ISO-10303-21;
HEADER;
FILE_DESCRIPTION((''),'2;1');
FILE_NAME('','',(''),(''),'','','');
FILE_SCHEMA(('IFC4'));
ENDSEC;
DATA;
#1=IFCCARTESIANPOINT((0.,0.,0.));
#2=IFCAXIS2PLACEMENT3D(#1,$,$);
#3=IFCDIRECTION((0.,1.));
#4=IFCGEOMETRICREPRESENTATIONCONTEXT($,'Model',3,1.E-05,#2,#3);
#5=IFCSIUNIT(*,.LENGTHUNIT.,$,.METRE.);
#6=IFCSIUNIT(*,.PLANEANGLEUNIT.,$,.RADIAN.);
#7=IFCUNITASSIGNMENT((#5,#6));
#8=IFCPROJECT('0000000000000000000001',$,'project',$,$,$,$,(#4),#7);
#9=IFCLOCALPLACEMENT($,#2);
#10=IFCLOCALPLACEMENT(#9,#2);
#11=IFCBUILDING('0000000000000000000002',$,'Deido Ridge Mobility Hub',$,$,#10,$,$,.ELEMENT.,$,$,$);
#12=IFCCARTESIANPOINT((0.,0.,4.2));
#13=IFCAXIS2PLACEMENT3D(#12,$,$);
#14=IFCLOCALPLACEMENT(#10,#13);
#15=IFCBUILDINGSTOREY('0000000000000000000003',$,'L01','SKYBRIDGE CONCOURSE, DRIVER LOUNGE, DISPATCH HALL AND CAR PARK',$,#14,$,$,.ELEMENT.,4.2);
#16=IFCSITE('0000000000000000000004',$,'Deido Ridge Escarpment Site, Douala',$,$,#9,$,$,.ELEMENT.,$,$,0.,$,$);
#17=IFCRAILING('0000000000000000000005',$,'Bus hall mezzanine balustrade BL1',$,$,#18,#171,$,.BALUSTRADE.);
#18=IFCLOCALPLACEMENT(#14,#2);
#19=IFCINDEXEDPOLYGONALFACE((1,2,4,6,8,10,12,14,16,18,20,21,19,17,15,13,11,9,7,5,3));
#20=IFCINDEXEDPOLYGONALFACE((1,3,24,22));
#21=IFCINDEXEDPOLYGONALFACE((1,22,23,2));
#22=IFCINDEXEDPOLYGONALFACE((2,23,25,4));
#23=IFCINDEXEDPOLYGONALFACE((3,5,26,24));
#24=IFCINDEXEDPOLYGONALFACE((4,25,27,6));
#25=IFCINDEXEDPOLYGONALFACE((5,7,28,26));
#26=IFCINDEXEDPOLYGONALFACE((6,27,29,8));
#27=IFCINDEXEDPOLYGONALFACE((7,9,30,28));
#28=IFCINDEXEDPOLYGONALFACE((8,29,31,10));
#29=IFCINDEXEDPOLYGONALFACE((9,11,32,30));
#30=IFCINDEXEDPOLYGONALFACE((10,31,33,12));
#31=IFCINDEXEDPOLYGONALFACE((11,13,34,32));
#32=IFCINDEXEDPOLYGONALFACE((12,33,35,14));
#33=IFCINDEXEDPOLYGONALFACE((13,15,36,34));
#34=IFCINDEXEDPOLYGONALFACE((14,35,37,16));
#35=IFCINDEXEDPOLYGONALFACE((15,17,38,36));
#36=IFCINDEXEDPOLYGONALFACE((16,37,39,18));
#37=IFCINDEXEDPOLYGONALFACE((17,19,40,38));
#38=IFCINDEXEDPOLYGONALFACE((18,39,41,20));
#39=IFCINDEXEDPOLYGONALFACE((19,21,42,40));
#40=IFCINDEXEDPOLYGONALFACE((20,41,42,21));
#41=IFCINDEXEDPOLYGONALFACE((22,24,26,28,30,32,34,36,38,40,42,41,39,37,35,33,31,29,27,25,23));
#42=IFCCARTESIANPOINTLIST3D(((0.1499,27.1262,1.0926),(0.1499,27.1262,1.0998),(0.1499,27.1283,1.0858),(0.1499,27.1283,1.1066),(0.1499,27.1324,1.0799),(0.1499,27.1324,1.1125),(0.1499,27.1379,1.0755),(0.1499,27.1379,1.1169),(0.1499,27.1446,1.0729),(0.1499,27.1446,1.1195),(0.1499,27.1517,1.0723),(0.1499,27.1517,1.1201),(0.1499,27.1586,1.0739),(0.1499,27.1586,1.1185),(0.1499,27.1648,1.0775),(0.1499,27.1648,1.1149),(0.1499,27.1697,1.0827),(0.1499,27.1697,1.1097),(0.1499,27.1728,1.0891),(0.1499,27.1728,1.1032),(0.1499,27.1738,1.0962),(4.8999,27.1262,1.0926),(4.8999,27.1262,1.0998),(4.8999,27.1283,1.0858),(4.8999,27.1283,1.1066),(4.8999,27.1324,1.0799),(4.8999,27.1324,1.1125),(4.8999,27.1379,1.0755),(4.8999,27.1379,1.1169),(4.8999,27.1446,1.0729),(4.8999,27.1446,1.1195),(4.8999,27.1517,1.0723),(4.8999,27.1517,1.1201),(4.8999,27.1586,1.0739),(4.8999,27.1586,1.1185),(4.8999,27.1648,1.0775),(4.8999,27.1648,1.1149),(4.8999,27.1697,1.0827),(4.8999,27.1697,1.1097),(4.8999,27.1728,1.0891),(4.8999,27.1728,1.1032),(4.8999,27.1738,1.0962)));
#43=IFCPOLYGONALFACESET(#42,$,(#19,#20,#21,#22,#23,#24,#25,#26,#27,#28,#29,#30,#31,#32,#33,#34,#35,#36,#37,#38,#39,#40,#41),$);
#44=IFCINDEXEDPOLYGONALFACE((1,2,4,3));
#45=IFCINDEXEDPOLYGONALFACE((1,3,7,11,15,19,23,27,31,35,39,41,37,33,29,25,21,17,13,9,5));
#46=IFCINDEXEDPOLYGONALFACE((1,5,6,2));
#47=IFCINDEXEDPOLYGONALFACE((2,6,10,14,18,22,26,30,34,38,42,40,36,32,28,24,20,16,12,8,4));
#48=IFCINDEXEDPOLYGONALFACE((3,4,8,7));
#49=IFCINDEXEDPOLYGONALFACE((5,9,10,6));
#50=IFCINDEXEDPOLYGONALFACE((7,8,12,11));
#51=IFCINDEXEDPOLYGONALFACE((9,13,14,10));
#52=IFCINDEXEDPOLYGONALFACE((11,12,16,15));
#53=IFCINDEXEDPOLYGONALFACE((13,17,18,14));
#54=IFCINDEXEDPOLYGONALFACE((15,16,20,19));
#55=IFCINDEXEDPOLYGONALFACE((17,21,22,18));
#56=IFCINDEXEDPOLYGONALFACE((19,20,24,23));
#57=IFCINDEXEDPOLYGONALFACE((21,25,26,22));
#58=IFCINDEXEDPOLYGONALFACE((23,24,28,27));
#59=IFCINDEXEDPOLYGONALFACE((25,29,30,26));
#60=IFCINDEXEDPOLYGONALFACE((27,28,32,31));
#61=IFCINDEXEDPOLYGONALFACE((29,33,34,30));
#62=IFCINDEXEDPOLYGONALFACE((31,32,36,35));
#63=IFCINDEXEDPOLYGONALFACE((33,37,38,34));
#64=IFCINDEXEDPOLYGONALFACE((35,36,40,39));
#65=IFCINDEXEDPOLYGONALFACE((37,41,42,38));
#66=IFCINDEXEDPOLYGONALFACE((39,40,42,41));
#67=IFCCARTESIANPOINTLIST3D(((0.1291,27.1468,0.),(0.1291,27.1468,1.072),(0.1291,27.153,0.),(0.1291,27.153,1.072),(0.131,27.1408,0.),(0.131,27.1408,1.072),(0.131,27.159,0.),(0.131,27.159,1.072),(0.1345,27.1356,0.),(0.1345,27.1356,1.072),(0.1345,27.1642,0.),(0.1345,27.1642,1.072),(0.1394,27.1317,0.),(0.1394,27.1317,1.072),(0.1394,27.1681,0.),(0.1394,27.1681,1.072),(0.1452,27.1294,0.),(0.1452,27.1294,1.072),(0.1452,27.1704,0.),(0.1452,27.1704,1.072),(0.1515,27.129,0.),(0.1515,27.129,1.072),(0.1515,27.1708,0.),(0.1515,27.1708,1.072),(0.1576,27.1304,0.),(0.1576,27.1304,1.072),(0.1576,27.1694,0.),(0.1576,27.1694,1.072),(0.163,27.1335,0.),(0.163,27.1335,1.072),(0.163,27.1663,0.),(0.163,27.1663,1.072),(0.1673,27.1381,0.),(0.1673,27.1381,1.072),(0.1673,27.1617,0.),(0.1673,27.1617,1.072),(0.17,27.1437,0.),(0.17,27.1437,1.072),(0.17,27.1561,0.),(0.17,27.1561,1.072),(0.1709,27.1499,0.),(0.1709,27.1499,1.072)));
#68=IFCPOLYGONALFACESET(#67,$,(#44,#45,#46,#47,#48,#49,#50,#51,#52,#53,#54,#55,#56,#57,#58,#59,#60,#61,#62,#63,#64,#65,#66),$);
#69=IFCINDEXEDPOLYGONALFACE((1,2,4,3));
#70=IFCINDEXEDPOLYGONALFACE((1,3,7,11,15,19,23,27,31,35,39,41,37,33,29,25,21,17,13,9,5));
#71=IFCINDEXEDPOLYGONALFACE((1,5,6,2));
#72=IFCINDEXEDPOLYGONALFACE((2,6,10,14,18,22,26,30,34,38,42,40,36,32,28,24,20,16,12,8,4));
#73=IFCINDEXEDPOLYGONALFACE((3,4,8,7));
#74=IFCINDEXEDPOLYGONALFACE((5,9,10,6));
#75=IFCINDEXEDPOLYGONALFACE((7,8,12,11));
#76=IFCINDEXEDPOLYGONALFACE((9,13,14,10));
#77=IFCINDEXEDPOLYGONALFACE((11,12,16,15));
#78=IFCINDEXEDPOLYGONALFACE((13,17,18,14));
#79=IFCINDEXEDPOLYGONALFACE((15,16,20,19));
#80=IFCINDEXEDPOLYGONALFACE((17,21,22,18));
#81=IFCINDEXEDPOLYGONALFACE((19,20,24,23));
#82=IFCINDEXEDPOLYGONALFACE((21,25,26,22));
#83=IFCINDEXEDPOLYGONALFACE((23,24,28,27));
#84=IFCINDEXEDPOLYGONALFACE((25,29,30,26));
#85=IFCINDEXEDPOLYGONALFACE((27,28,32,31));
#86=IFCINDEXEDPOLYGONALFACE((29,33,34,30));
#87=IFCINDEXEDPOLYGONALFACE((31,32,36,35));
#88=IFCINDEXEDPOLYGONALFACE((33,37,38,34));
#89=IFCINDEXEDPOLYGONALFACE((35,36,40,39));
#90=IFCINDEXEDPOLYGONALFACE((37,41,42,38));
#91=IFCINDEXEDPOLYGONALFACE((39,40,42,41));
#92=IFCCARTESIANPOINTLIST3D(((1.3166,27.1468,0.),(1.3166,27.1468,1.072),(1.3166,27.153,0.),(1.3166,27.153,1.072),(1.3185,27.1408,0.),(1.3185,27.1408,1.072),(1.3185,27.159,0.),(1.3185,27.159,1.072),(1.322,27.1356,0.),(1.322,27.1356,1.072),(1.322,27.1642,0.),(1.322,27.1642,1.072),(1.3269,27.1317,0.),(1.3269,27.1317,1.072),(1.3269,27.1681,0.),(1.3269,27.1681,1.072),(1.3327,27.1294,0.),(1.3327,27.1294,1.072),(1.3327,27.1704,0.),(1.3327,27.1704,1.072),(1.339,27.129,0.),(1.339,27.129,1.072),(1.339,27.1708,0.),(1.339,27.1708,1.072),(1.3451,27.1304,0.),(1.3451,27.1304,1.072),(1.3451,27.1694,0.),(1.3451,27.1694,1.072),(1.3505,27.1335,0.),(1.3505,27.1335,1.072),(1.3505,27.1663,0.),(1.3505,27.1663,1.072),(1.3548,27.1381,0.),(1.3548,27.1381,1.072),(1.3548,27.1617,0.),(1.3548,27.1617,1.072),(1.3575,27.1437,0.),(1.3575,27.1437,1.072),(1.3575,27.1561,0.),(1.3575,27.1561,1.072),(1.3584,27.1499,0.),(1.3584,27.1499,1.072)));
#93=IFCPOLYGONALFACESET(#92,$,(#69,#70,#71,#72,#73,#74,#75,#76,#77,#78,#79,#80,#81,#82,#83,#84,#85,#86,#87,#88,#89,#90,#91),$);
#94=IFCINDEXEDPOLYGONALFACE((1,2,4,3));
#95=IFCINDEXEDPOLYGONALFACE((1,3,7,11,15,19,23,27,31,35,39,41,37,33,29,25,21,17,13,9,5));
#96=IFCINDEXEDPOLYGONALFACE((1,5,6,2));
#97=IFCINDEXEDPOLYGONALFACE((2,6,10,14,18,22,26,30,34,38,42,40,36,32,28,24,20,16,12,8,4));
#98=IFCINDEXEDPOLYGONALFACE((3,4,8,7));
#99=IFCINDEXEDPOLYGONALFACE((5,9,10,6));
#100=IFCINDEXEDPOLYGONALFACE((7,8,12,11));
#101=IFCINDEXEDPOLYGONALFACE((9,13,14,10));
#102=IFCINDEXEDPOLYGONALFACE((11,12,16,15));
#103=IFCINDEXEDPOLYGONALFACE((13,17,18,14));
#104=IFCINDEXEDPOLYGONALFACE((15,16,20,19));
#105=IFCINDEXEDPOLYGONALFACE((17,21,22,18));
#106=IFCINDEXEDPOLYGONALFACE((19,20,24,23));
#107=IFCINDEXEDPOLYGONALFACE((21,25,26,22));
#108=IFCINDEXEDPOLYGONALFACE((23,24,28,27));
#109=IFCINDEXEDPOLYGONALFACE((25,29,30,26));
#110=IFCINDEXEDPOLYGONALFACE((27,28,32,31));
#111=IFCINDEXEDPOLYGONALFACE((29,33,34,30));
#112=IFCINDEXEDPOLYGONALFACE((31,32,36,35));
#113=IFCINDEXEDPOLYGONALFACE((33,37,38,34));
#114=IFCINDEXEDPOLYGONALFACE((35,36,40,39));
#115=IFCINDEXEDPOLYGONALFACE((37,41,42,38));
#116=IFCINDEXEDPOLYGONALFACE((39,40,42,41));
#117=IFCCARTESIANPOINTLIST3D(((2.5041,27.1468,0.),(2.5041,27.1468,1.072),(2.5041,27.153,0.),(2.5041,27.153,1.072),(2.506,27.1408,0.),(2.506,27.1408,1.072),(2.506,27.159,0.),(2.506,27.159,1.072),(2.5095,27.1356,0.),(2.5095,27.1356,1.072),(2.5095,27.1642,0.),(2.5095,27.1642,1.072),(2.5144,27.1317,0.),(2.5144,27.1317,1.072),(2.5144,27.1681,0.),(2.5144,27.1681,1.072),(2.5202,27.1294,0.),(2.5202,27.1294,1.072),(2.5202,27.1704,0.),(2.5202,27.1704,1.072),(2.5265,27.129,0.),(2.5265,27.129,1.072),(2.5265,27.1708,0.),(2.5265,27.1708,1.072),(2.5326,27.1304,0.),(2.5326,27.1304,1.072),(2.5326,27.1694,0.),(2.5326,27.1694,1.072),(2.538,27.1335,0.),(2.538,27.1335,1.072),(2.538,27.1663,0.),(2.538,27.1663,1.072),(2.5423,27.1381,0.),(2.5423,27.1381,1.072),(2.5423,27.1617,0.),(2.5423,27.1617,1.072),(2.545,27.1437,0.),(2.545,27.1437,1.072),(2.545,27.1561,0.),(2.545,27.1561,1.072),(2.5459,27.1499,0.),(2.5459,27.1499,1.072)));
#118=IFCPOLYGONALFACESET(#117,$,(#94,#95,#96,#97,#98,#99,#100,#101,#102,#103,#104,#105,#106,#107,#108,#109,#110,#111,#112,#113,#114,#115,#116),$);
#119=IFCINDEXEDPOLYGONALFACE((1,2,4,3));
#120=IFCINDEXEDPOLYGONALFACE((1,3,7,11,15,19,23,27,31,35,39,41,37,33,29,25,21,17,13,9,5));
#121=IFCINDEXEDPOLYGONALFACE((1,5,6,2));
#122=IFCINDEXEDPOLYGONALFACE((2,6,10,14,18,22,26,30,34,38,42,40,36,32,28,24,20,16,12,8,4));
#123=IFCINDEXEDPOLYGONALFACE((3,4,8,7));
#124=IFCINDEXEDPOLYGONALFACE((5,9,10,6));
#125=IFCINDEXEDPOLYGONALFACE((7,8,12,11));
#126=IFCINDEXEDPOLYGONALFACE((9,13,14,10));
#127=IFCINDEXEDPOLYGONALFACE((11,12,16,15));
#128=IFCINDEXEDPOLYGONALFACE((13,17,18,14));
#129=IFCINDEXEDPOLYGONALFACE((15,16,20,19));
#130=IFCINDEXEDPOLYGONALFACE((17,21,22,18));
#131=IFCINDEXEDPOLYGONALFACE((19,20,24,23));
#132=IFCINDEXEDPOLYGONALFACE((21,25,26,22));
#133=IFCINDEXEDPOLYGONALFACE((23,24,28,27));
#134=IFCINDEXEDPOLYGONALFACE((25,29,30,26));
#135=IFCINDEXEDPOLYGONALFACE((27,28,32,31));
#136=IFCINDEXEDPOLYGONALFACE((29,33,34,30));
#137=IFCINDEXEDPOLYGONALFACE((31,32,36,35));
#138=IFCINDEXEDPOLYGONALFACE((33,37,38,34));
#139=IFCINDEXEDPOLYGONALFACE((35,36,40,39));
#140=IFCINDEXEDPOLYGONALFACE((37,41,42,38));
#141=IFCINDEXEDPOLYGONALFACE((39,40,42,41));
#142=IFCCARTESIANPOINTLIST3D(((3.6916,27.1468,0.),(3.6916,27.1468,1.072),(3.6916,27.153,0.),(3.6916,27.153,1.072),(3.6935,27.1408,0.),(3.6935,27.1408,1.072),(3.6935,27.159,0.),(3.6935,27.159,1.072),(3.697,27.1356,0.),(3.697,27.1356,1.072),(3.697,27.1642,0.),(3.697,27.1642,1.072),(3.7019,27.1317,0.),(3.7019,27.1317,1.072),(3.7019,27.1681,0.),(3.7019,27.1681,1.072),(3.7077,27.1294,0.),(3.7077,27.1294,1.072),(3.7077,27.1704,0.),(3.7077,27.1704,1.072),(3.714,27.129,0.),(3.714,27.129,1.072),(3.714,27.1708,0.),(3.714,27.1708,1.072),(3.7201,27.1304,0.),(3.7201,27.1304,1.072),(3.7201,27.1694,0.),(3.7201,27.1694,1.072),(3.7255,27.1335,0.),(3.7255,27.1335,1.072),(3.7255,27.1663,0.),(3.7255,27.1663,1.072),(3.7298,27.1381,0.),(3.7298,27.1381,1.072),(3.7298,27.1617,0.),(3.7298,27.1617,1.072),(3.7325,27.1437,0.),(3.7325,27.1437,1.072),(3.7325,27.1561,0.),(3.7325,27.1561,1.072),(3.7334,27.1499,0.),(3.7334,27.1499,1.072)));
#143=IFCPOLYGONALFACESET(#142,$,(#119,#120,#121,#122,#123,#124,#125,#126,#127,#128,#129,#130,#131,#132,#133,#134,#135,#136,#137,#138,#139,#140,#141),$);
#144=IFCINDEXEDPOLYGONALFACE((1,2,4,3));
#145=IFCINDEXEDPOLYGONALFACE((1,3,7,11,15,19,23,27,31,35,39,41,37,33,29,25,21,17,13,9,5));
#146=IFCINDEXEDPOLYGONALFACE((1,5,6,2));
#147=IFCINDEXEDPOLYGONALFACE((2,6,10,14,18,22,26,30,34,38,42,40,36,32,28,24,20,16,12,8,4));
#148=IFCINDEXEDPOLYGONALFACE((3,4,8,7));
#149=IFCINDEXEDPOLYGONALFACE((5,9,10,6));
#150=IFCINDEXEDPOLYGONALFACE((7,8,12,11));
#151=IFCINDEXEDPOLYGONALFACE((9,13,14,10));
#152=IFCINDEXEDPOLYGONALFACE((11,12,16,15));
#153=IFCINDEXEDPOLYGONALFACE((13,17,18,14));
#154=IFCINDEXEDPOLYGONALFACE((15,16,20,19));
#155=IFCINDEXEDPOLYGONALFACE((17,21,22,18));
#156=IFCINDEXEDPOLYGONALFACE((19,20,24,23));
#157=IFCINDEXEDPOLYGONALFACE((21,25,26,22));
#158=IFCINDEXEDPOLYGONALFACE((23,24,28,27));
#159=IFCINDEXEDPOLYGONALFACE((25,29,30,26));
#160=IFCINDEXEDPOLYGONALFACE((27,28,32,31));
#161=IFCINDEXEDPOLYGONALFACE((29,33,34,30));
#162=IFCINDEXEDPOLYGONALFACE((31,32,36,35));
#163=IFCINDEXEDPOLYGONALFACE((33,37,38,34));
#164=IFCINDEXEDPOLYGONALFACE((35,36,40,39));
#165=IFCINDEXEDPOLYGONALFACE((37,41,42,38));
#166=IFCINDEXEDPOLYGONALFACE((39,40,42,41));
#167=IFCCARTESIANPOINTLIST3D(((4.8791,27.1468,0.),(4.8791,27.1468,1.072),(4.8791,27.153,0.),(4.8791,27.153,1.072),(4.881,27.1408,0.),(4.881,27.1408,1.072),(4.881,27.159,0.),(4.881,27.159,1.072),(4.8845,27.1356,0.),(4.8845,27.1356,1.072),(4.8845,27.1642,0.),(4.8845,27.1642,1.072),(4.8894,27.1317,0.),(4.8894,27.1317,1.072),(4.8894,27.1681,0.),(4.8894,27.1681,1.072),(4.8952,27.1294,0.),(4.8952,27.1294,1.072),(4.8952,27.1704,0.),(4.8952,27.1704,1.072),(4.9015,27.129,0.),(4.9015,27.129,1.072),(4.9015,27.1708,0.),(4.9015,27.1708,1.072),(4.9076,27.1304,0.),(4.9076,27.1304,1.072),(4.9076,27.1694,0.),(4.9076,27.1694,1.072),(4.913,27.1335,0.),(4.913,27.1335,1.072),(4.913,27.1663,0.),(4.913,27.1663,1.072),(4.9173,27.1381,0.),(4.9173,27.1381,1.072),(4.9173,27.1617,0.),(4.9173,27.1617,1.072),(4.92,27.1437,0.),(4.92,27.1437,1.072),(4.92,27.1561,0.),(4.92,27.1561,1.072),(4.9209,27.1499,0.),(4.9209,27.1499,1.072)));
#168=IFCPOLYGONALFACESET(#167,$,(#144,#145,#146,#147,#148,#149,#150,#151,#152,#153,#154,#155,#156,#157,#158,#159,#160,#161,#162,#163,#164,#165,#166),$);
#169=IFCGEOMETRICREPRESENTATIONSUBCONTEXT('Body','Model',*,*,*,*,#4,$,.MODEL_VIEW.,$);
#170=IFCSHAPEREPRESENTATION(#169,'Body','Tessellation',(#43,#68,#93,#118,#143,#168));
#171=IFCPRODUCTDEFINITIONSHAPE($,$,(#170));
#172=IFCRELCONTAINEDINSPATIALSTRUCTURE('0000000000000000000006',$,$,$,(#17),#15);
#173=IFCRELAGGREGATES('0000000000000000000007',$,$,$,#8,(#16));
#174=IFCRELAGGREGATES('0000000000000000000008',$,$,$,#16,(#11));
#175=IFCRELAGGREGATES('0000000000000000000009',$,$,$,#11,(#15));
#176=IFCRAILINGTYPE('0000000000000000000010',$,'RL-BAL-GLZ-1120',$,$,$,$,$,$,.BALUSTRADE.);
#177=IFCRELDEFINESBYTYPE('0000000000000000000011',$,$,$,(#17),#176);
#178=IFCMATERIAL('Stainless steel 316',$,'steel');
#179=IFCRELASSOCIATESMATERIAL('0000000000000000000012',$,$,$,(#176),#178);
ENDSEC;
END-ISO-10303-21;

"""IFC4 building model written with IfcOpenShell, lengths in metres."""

from ifc_helpers import new_model, si_unit, direction, frame, origin, origin_2d, place, context, subcontext, project, spatial, circle, extrude, material, type_object, element, save


model = new_model("IFC4")

# Units and contexts
model_context = context("Model", 3, precision=1e-05, world=origin(), true_north=direction((0.0, 1.0)))
body_context = subcontext(model_context, "Body", "Model", "MODEL_VIEW")
ifc_project = project(units=[si_unit("LENGTHUNIT", "METRE"), si_unit("PLANEANGLEUNIT", "RADIAN")], contexts=[model_context])

# Site, building, storey
site_placement = place(None, origin())
site = spatial("IfcSite", under=ifc_project, at=site_placement, Name="Deido Ridge Escarpment Site, Douala", CompositionType="ELEMENT", RefElevation=0.0)
building_placement = place(site_placement, origin())
building = spatial("IfcBuilding", under=site, at=building_placement, Name="Deido Ridge Mobility Hub", CompositionType="ELEMENT")
storey_placement = place(building_placement, frame((0.0, 0.0, 4.2)))
storey = spatial("IfcBuildingStorey", under=building, at=storey_placement, Name="L01", Description="SKYBRIDGE CONCOURSE, DRIVER LOUNGE, DISPATCH HALL AND CAR PARK", CompositionType="ELEMENT", Elevation=4.2)

# Railing
ifc_material_1 = material(Name="Stainless steel 316", Category="steel")
railing_type = type_object("IfcRailingType", Name="RL-BAL-GLZ-1120", PredefinedType="BALUSTRADE", material=ifc_material_1)
railing_1_placement = place(storey_placement, frame((0.1499, 27.1499, 0.0)))
element("IfcRailing", 1, at=railing_1_placement, inside=storey, type_object=railing_type, Name="Bus hall mezzanine balustrade BL1", PredefinedType="BALUSTRADE", context=body_context, shape_type="SweptSolid", body=[
    extrude(circle(Radius=0.0239, at=origin_2d()), frame((0.0, 0.0, 1.0962), z_axis=(1.0, 0.0, 0.0), x_axis=(0.0, 1.0, 0.0)), (0.0, 0.0, 1.0), 4.75),
    extrude(circle(Radius=0.021, at=origin_2d()), origin(), (0.0, 0.0, 1.0), 1.072),
    extrude(circle(Radius=0.021, at=origin_2d()), frame((1.1875, 0.0, 0.0)), (0.0, 0.0, 1.0), 1.072),
    extrude(circle(Radius=0.021, at=origin_2d()), frame((2.375, 0.0, 0.0)), (0.0, 0.0, 1.0), 1.072),
    extrude(circle(Radius=0.021, at=origin_2d()), frame((3.5625, 0.0, 0.0)), (0.0, 0.0, 1.0), 1.072),
    extrude(circle(Radius=0.021, at=origin_2d()), frame((4.75, 0.0, 0.0)), (0.0, 0.0, 1.0), 1.072),
])

save(model, "model.ifc")
